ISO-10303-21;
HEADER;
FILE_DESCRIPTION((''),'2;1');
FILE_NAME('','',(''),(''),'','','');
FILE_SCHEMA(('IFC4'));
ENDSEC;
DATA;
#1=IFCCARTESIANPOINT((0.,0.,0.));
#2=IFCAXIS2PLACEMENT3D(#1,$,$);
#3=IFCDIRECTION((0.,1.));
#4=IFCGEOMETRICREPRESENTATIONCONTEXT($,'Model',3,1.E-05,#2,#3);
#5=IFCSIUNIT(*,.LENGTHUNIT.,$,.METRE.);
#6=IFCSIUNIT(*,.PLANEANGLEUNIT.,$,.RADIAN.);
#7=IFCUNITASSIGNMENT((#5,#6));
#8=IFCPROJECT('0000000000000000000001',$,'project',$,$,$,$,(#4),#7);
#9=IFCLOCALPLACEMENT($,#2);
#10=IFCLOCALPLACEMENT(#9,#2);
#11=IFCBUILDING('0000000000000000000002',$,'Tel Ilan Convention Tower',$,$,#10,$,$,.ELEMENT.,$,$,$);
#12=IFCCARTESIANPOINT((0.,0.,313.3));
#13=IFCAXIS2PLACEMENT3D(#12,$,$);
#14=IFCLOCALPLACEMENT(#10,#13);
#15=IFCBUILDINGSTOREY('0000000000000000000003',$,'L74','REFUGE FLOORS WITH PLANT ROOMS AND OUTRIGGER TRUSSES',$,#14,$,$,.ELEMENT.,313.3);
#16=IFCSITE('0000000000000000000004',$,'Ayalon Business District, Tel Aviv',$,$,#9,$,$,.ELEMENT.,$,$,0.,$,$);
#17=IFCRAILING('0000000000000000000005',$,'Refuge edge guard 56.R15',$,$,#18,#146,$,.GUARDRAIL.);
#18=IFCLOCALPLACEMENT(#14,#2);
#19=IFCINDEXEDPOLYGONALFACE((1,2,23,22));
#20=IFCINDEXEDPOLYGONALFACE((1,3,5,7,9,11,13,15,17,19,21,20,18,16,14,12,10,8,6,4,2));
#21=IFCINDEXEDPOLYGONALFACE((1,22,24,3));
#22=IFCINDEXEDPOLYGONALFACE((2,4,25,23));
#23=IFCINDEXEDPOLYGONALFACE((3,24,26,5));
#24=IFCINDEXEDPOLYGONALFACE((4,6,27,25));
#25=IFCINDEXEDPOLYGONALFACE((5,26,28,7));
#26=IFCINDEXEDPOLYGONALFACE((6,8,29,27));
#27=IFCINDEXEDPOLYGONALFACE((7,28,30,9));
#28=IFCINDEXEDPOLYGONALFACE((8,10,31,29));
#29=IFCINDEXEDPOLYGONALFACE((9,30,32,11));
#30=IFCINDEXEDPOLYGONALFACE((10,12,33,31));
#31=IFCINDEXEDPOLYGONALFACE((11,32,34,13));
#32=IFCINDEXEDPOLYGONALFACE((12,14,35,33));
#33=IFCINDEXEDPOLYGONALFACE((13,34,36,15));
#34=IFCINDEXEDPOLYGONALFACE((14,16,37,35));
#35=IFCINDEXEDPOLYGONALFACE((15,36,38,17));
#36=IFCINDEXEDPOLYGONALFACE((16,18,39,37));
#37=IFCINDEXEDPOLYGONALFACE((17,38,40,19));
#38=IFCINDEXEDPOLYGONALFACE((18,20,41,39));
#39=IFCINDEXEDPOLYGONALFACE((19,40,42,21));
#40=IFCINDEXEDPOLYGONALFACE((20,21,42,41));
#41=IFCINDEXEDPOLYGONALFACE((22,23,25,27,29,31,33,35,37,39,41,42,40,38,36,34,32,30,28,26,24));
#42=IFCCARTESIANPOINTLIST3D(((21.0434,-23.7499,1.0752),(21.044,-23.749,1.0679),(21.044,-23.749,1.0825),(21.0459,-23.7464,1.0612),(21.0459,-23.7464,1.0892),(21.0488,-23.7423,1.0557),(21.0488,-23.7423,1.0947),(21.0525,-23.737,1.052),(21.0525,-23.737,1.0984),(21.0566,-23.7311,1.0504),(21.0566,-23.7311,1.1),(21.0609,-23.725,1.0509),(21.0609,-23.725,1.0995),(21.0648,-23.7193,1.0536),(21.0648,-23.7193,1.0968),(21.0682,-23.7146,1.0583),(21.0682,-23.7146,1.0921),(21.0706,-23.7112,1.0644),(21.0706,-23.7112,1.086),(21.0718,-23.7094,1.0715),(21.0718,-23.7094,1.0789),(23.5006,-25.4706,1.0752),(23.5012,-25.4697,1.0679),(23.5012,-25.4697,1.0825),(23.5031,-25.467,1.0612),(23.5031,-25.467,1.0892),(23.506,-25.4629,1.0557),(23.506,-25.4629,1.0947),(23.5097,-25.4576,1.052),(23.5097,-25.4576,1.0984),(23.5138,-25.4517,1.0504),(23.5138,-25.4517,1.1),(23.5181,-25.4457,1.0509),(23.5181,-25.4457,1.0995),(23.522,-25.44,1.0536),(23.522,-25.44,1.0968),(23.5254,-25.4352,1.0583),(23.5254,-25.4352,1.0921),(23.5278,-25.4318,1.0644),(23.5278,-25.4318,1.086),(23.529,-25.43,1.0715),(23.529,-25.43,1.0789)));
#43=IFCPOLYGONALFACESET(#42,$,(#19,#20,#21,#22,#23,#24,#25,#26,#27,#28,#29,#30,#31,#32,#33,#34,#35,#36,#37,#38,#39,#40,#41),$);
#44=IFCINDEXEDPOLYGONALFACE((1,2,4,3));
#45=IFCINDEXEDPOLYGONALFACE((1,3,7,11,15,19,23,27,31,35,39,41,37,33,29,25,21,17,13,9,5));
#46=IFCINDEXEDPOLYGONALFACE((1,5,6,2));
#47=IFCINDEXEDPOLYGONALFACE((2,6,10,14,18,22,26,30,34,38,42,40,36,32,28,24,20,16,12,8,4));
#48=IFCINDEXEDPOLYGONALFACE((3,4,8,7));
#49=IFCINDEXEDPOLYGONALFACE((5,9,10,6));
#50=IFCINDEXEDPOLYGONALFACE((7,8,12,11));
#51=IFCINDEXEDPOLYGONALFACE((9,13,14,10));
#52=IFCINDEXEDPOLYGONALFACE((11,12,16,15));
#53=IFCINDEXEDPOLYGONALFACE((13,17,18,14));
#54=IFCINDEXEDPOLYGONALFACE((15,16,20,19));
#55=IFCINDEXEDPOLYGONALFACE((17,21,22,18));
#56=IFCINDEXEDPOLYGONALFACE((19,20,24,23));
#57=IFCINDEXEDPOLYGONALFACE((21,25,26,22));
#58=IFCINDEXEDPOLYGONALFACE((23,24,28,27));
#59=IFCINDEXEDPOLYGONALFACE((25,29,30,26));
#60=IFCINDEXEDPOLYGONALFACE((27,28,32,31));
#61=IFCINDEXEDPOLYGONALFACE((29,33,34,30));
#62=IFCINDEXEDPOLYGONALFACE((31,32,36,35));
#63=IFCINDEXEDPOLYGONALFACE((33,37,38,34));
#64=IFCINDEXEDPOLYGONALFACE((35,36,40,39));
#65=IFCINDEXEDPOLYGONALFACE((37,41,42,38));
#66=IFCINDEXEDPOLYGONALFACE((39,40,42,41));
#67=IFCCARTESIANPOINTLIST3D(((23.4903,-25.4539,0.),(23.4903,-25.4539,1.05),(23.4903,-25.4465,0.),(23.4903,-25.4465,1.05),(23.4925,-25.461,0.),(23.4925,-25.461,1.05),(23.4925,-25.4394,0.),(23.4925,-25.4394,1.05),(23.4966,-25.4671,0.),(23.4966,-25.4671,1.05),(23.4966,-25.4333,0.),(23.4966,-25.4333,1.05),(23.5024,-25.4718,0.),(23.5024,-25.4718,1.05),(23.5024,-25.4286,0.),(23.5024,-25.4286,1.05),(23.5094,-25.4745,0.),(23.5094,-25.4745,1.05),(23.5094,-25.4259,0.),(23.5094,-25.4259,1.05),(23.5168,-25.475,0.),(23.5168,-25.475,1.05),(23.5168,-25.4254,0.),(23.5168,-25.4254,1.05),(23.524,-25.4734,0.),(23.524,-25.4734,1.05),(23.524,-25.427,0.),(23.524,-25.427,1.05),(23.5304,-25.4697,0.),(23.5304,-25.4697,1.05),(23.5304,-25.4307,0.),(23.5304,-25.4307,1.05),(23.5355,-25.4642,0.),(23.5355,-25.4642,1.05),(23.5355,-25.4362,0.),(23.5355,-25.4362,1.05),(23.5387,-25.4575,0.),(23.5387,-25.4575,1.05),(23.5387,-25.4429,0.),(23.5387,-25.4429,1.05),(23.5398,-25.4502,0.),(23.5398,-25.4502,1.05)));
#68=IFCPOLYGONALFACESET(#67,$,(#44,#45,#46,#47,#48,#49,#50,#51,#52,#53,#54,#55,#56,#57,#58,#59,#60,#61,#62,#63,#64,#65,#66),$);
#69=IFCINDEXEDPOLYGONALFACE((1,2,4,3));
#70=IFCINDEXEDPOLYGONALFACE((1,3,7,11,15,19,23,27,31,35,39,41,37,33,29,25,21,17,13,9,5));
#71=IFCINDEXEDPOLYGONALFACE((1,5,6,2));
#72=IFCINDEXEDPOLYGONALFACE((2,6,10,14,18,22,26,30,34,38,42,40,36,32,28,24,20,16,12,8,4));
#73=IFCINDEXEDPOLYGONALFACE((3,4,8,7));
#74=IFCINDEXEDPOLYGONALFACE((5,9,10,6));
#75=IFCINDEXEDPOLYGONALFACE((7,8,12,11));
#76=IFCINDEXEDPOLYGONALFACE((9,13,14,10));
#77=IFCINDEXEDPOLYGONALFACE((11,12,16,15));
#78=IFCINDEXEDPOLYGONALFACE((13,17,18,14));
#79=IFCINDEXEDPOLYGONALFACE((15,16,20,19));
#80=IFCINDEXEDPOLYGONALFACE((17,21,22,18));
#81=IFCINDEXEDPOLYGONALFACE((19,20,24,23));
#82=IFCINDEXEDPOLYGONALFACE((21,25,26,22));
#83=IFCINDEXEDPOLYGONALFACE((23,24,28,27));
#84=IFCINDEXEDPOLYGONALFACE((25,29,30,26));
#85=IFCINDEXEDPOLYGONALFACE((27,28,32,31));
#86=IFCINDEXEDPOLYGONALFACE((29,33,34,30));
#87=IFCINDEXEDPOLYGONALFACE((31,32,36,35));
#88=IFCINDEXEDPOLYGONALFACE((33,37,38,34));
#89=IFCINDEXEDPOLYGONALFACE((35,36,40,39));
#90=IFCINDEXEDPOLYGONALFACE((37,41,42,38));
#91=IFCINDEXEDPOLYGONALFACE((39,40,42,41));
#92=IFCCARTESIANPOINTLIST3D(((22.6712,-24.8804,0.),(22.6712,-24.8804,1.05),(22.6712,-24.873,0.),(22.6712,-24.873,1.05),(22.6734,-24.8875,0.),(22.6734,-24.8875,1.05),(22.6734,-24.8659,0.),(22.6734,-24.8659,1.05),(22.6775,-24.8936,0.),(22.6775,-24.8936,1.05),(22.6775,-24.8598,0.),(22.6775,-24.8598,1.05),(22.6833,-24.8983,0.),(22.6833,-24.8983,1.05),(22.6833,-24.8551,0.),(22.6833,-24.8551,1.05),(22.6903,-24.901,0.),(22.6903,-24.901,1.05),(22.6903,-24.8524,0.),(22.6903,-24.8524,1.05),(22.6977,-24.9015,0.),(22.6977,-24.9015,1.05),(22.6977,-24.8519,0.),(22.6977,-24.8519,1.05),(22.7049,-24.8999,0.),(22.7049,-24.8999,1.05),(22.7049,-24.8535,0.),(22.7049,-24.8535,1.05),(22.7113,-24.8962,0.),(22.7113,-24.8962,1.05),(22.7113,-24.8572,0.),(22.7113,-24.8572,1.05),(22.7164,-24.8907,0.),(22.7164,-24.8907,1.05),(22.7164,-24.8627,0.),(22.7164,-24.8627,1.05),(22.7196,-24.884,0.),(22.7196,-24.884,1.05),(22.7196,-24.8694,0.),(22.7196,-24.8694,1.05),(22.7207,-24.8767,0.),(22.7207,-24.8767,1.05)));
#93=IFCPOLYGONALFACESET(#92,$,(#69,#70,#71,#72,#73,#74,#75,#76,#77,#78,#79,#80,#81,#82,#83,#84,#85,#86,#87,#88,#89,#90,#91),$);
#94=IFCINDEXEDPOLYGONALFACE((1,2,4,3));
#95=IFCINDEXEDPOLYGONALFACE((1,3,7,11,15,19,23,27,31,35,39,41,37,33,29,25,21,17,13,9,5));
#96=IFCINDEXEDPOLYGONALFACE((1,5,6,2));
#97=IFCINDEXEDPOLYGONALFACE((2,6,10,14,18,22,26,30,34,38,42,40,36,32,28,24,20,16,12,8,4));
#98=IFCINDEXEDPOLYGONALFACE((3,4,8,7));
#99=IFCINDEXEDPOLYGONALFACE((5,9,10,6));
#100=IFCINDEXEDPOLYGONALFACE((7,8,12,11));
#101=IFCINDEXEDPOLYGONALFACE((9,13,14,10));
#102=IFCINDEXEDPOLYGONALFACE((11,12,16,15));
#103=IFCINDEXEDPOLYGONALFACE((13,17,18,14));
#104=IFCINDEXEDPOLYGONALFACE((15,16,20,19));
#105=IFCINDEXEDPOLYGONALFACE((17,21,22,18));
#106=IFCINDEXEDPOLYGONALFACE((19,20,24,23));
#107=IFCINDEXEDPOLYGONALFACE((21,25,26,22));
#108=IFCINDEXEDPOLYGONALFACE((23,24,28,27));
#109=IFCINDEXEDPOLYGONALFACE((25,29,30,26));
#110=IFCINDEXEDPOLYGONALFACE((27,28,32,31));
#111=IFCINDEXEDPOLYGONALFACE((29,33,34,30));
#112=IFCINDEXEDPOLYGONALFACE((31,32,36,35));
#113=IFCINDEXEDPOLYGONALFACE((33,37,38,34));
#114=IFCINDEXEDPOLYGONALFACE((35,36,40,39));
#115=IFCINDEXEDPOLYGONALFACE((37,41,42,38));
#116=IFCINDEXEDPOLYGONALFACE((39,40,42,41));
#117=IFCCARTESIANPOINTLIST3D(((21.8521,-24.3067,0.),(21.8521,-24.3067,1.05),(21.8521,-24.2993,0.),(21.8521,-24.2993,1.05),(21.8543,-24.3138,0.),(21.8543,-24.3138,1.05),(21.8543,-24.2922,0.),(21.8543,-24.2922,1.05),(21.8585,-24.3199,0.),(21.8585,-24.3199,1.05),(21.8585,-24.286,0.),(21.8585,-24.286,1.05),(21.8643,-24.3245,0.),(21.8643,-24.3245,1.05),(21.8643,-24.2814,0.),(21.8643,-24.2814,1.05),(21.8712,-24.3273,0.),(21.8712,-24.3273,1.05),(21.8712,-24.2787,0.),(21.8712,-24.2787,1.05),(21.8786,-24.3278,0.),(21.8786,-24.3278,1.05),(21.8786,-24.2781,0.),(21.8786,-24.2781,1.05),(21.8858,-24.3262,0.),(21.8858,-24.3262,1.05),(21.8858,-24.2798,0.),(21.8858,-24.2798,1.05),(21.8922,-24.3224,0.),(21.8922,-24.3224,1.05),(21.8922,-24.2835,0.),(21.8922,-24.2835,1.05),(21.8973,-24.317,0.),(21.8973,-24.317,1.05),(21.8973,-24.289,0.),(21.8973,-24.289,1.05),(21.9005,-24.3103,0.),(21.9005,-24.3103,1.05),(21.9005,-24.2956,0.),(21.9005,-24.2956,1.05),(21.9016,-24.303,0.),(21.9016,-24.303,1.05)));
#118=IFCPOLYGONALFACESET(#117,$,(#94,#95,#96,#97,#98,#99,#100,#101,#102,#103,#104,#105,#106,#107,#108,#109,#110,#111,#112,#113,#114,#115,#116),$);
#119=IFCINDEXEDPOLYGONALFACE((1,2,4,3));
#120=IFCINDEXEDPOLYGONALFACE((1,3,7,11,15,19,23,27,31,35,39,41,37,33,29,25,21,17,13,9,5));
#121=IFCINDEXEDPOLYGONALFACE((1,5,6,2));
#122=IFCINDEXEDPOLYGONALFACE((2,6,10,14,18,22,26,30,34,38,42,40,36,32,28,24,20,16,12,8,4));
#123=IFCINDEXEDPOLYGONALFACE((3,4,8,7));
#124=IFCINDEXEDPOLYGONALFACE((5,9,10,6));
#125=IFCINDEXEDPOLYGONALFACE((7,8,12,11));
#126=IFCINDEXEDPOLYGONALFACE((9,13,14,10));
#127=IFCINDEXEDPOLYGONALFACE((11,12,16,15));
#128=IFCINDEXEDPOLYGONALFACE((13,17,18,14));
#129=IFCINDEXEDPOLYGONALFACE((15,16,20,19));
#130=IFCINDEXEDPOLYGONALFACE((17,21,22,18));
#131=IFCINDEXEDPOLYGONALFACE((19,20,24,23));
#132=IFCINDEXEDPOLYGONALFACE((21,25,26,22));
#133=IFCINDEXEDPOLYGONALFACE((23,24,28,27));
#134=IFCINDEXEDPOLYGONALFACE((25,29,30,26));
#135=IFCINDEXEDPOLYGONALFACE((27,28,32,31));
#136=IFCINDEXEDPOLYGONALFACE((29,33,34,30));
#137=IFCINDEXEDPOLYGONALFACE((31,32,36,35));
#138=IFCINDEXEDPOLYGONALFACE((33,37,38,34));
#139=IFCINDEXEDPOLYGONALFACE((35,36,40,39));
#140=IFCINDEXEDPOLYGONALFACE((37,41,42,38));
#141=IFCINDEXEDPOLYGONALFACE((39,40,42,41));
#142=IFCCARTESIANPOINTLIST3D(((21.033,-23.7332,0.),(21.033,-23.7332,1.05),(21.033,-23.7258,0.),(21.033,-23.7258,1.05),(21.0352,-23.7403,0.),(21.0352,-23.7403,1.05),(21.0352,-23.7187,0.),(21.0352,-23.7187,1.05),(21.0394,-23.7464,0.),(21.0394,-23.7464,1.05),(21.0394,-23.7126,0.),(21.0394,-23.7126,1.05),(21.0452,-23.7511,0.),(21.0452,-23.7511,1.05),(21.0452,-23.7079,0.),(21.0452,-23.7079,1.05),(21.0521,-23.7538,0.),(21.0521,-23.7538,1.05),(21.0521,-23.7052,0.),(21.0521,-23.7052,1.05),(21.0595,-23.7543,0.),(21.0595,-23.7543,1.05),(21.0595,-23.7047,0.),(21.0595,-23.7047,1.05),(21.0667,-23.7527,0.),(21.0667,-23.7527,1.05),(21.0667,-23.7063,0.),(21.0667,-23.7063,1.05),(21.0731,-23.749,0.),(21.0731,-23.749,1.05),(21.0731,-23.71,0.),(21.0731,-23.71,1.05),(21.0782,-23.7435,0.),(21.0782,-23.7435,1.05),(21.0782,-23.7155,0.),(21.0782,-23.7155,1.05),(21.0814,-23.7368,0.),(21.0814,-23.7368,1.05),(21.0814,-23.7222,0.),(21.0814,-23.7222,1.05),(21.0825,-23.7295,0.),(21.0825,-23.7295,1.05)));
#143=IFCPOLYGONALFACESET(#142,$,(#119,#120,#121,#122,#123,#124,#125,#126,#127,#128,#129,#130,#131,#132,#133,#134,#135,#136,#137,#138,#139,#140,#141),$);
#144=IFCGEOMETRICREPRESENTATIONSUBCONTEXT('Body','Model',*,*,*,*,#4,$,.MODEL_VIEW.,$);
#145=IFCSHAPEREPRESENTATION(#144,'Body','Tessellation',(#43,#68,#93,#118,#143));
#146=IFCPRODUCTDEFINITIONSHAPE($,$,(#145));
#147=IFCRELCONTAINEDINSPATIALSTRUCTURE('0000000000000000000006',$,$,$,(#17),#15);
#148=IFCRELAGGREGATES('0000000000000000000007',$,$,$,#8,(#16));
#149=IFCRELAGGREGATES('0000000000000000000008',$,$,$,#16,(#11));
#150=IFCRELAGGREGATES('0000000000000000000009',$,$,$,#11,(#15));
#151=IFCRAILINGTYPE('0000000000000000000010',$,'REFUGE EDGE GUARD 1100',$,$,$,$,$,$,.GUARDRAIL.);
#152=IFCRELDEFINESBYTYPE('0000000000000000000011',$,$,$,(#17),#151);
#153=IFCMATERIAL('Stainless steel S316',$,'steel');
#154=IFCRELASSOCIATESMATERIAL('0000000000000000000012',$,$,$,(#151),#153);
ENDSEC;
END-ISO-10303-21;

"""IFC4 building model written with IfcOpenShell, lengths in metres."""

from ifc_helpers import new_model, si_unit, direction, frame, origin, origin_2d, place, context, subcontext, project, spatial, circle, extrude, material, type_object, element, save


model = new_model("IFC4")

# Units and contexts
model_context = context("Model", 3, precision=1e-05, world=origin(), true_north=direction((0.0, 1.0)))
body_context = subcontext(model_context, "Body", "Model", "MODEL_VIEW")
ifc_project = project(units=[si_unit("LENGTHUNIT", "METRE"), si_unit("PLANEANGLEUNIT", "RADIAN")], contexts=[model_context])

# Site, building, storey
site_placement = place(None, origin())
site = spatial("IfcSite", under=ifc_project, at=site_placement, Name="Ayalon Business District, Tel Aviv", CompositionType="ELEMENT", RefElevation=0.0)
building_placement = place(site_placement, origin())
building = spatial("IfcBuilding", under=site, at=building_placement, Name="Tel Ilan Convention Tower", CompositionType="ELEMENT")
storey_placement = place(building_placement, frame((0.0, 0.0, 313.3)))
storey = spatial("IfcBuildingStorey", under=building, at=storey_placement, Name="L74", Description="REFUGE FLOORS WITH PLANT ROOMS AND OUTRIGGER TRUSSES", CompositionType="ELEMENT", Elevation=313.3)

# Railing
ifc_material_1 = material(Name="Stainless steel S316", Category="steel")
railing_type = type_object("IfcRailingType", Name="REFUGE EDGE GUARD 1100", PredefinedType="GUARDRAIL", material=ifc_material_1)
railing_1_placement = place(storey_placement, frame((23.5149, -25.4502, 0.0)))
element("IfcRailing", 1, at=railing_1_placement, inside=storey, type_object=railing_type, Name="Refuge edge guard 56.R15", PredefinedType="GUARDRAIL", context=body_context, shape_type="SweptSolid", body=[
    extrude(circle(Radius=0.0249, at=origin_2d()), frame((0.0, 0.0, 1.0752), z_axis=(-0.819136, 0.573599, 0.0), x_axis=(-0.573599, -0.819136, 0.0)), (0.0, 0.0, 1.0), 2.9998),
    extrude(circle(Radius=0.0249, at=origin_2d()), origin(), (0.0, 0.0, 1.0), 1.05),
    extrude(circle(Radius=0.0249, at=origin_2d()), frame((-0.8191, 0.5735, 0.0)), (0.0, 0.0, 1.0), 1.05),
    extrude(circle(Radius=0.0249, at=origin_2d()), frame((-1.6382, 1.1472, 0.0)), (0.0, 0.0, 1.0), 1.05),
    extrude(circle(Radius=0.0249, at=origin_2d()), frame((-2.4573, 1.7207, 0.0)), (0.0, 0.0, 1.0), 1.05),
])

save(model, "model.ifc")
